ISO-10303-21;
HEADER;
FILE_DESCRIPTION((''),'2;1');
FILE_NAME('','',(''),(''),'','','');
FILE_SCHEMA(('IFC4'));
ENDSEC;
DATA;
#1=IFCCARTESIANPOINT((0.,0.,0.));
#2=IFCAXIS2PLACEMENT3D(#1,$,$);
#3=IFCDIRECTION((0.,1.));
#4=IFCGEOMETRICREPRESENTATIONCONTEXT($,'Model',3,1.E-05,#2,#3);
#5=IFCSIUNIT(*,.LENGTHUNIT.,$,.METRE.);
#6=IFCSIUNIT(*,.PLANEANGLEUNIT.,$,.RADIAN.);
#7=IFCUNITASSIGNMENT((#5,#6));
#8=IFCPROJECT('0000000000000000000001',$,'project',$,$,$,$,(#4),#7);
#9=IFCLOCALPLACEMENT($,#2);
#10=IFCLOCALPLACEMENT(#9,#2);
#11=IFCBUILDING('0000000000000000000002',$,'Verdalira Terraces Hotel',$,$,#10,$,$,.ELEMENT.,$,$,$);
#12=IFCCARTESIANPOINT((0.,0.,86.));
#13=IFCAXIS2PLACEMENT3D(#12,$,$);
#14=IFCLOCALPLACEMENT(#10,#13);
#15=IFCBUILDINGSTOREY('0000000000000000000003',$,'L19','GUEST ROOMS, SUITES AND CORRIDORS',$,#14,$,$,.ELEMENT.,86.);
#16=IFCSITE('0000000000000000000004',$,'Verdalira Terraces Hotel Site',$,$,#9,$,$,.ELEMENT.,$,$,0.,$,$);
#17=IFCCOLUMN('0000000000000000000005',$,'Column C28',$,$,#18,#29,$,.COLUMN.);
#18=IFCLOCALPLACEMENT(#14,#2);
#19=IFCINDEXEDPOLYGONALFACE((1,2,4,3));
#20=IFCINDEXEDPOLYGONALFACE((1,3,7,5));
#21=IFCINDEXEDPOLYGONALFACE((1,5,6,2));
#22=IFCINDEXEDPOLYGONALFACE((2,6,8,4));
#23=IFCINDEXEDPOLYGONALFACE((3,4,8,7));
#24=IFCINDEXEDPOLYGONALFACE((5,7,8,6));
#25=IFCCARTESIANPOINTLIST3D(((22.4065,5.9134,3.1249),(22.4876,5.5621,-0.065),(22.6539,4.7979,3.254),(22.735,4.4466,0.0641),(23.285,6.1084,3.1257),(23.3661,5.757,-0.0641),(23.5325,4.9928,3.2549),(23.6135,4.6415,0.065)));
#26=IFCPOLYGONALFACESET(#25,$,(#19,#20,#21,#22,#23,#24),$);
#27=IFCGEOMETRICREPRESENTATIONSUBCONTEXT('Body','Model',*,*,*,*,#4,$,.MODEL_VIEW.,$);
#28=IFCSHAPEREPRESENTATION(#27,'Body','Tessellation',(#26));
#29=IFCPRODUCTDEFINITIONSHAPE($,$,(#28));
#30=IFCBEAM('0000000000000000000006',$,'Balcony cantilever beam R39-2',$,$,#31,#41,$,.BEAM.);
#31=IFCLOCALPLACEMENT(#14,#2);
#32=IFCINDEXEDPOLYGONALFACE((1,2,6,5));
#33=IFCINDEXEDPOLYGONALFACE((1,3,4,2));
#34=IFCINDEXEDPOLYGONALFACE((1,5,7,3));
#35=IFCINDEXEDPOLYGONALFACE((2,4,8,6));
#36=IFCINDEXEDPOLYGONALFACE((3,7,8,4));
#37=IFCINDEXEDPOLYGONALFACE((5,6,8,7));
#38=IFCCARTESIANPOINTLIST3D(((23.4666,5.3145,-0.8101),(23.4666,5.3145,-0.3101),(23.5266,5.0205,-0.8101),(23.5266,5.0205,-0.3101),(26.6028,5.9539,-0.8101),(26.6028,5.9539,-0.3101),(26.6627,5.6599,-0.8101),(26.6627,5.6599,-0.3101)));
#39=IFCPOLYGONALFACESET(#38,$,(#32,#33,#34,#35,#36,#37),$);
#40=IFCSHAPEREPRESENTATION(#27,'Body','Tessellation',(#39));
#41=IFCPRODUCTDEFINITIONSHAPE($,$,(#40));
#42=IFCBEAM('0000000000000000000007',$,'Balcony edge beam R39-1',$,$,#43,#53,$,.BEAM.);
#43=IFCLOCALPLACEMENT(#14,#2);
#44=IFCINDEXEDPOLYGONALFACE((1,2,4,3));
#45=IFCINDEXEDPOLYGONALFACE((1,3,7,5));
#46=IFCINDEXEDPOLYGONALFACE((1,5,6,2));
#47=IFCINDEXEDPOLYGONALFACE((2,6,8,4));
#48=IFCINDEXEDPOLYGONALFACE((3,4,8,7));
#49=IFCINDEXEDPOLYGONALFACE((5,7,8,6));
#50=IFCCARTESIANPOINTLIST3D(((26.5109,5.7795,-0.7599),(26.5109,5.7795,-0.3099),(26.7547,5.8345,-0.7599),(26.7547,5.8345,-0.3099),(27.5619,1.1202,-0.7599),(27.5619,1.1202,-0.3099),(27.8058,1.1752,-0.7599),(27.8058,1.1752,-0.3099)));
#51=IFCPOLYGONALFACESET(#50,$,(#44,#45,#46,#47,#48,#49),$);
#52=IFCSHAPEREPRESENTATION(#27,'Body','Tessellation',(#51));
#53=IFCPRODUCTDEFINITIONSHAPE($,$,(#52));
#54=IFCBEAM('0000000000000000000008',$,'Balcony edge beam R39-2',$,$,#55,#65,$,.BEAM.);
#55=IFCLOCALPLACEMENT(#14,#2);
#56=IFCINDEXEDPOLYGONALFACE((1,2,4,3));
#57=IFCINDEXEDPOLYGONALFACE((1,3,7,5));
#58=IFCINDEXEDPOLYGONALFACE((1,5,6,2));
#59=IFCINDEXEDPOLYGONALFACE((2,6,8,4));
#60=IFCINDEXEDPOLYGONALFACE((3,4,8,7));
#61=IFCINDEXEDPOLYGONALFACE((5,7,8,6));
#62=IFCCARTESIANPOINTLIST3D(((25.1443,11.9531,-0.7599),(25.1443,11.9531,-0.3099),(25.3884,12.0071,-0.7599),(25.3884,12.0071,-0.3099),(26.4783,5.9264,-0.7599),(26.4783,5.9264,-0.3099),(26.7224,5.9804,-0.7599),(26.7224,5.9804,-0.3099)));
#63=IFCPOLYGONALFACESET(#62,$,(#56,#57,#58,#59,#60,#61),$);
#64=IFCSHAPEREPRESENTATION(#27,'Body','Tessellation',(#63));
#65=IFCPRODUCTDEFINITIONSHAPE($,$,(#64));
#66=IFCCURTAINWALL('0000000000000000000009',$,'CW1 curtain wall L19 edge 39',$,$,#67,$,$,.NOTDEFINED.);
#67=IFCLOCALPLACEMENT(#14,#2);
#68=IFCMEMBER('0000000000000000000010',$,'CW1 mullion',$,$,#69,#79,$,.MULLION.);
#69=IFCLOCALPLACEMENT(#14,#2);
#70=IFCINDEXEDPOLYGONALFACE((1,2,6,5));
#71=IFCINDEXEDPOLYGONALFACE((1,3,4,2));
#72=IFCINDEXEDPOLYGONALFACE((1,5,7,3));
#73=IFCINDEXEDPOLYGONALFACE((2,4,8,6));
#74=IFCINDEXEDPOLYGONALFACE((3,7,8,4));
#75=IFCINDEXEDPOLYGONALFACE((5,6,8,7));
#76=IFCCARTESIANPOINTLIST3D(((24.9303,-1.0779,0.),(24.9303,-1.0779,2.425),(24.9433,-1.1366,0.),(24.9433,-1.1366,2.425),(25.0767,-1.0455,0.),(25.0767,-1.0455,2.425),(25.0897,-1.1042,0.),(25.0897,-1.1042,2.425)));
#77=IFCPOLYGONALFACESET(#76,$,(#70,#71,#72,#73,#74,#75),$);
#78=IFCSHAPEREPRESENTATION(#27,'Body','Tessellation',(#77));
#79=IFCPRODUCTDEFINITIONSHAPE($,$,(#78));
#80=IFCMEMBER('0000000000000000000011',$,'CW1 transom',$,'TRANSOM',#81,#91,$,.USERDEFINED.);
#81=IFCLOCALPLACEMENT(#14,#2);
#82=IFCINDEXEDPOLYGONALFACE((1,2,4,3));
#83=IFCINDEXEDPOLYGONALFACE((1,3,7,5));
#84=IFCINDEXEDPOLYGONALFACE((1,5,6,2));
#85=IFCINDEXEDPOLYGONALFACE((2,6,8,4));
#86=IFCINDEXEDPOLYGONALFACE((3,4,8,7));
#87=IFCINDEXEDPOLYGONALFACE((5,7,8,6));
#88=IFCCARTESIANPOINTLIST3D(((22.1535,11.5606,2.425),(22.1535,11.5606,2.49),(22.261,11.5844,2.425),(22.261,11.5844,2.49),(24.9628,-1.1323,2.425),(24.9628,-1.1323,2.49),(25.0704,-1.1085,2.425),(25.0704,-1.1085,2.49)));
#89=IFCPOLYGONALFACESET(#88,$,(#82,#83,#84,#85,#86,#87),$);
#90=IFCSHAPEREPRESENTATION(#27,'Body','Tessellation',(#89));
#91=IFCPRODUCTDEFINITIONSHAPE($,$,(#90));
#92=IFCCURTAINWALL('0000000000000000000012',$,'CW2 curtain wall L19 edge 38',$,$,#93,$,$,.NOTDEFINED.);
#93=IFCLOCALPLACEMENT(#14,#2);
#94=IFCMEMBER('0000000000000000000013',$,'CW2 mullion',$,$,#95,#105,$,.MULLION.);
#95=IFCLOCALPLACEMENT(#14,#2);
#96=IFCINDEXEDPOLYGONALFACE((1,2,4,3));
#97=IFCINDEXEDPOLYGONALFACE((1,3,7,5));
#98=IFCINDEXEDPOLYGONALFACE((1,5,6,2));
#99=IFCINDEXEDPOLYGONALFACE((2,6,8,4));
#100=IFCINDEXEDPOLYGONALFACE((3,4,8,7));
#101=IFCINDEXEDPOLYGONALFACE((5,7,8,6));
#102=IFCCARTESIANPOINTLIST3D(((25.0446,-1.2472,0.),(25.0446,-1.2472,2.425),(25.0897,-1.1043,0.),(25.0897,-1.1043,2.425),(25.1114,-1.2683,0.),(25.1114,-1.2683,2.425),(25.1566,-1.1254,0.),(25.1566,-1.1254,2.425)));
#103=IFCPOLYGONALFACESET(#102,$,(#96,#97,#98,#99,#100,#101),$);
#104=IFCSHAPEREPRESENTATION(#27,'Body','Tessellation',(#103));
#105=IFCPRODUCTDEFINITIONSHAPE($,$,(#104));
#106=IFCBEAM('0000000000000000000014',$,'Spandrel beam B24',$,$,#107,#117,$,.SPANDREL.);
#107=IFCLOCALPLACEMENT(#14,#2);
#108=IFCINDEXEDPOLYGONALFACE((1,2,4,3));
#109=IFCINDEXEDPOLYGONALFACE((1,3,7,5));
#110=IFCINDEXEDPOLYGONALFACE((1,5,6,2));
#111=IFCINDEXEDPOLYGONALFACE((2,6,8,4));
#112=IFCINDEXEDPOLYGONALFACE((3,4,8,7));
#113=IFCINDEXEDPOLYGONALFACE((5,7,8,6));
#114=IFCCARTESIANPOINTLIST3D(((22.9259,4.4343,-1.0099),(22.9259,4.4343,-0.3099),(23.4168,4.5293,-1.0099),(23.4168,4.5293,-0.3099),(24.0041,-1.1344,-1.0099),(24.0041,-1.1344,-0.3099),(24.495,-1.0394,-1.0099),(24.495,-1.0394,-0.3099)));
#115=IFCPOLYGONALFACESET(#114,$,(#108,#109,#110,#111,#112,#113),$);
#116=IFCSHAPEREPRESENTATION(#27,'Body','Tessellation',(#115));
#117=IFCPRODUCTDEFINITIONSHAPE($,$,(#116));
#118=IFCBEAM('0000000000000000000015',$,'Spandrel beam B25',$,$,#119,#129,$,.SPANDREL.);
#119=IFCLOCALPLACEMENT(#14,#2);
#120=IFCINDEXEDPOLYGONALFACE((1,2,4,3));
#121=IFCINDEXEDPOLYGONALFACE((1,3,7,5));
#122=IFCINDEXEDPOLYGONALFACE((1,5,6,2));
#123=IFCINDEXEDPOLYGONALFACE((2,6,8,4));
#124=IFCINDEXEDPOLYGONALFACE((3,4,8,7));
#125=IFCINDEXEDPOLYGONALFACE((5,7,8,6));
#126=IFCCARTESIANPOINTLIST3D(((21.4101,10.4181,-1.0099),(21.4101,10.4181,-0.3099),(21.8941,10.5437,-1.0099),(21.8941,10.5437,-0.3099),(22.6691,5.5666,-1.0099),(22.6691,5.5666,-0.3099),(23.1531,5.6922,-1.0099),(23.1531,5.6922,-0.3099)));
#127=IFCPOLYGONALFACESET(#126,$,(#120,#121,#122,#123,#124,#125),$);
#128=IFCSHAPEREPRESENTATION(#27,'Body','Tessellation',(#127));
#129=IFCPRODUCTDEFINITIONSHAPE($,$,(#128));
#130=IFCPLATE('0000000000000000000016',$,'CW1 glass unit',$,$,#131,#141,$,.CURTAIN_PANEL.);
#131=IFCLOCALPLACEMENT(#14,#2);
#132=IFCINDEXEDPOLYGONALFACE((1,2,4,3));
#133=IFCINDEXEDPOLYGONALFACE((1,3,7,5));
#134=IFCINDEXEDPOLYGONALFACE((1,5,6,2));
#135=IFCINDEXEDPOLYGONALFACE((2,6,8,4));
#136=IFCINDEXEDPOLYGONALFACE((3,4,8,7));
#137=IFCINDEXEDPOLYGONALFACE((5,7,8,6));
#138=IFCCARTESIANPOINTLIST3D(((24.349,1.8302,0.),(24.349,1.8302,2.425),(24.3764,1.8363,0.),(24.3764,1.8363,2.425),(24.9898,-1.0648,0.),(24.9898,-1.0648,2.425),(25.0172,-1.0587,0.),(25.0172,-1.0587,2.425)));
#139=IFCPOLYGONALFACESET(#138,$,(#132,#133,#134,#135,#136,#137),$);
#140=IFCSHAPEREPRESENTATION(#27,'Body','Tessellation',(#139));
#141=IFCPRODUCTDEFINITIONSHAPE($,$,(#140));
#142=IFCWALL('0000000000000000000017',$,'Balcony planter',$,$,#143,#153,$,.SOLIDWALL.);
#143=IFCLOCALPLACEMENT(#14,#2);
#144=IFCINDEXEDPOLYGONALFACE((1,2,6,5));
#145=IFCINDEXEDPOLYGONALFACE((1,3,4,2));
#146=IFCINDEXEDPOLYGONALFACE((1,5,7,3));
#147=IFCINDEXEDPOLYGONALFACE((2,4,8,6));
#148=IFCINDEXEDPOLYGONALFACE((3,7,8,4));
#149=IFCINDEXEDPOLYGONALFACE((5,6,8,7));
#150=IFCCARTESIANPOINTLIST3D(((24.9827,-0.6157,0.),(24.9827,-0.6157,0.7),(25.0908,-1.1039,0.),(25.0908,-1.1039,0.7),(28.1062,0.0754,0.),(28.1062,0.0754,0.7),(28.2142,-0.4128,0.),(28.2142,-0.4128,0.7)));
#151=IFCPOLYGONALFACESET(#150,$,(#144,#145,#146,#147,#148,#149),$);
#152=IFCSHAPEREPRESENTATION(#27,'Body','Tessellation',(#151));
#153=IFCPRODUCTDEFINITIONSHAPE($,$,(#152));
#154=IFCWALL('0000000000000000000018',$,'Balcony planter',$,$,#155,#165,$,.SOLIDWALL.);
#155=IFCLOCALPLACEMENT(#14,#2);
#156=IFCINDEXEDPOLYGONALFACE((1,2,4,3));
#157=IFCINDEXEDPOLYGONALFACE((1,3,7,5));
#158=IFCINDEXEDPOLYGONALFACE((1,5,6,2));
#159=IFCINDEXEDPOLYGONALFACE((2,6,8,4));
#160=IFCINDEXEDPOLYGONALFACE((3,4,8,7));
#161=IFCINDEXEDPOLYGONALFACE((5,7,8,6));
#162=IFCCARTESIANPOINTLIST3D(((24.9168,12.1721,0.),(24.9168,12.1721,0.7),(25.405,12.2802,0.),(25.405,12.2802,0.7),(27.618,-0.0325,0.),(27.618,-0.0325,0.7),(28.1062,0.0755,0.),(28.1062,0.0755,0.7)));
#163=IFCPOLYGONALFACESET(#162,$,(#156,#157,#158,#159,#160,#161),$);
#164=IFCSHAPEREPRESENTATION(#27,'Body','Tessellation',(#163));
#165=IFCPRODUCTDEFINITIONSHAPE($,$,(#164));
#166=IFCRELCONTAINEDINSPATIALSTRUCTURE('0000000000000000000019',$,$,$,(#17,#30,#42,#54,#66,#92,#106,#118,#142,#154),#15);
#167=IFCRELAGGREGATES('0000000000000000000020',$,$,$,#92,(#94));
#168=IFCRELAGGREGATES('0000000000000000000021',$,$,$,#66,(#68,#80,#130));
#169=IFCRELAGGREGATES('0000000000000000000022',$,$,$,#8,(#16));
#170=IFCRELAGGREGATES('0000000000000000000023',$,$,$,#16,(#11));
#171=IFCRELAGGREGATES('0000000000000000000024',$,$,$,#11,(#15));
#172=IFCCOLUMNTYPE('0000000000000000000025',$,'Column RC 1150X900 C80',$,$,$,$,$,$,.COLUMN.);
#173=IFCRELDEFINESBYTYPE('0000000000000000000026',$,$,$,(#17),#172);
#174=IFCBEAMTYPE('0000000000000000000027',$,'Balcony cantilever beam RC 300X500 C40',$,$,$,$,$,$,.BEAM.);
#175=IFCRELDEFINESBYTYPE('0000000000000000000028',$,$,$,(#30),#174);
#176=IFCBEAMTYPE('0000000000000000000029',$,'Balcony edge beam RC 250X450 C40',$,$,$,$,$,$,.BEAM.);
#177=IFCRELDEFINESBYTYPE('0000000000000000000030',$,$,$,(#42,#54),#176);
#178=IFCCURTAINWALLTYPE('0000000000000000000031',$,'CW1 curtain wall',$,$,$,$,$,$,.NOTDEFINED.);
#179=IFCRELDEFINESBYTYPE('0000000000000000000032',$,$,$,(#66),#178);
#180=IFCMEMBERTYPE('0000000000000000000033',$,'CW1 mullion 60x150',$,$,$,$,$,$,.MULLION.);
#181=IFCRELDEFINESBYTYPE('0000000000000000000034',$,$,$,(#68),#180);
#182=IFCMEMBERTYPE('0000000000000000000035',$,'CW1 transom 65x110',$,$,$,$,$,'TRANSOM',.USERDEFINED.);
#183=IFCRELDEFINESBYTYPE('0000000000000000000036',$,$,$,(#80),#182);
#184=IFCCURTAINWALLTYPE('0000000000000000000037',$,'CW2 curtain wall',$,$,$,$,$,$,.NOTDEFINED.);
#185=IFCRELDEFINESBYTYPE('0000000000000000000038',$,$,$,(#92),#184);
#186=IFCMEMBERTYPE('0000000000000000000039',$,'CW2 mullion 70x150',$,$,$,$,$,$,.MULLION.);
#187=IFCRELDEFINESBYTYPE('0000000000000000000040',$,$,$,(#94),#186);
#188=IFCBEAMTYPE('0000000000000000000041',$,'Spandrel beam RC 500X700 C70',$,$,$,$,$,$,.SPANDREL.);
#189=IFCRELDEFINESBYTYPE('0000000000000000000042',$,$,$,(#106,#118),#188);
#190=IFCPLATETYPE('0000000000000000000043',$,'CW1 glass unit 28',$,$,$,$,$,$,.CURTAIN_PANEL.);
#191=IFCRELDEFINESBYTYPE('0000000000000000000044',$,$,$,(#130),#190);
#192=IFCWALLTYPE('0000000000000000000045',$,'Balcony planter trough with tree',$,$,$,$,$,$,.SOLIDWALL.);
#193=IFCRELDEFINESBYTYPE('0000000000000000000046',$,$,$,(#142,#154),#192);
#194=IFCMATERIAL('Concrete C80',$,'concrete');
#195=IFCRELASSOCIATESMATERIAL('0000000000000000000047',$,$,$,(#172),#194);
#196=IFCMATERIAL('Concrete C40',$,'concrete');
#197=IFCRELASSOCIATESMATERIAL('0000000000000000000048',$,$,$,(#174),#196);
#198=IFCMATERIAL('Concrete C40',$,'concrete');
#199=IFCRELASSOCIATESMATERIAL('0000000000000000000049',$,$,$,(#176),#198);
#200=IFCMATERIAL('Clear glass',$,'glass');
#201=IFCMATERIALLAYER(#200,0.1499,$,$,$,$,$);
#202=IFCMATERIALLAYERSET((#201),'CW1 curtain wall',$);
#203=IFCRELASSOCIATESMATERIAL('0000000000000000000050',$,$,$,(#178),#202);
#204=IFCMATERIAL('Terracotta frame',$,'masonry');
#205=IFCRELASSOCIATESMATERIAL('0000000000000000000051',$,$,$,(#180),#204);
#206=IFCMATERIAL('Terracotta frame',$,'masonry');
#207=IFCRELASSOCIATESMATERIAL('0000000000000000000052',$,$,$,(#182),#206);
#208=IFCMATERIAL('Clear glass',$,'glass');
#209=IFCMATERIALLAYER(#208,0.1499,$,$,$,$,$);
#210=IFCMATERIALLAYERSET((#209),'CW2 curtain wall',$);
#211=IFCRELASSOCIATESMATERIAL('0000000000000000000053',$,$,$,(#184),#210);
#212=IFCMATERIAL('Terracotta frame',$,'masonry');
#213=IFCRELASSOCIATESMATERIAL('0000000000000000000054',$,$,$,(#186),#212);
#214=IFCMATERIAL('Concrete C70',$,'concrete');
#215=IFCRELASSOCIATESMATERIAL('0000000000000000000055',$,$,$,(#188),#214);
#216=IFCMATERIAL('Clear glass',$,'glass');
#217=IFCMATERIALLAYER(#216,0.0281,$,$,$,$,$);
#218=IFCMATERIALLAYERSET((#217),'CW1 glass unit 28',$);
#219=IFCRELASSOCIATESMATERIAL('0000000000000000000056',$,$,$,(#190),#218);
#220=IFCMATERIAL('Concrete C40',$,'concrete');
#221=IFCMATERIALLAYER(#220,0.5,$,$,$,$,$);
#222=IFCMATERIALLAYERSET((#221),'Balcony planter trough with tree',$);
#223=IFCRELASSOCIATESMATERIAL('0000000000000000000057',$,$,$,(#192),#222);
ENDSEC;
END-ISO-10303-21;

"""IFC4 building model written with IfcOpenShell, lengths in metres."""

from ifc_helpers import new_model, si_unit, direction, frame, frame_2d, origin, origin_2d, place, context, subcontext, project, spatial, rectangle, extrude, material, layer, layer_set, material_profile, profile_set, type_object, element, aggregate, save


model = new_model("IFC4")

# Units and contexts
model_context = context("Model", 3, precision=1e-05, world=origin(), true_north=direction((0.0, 1.0)))
body_context = subcontext(model_context, "Body", "Model", "MODEL_VIEW")
ifc_project = project(units=[si_unit("LENGTHUNIT", "METRE"), si_unit("PLANEANGLEUNIT", "RADIAN")], contexts=[model_context])

# Site, building, storey
site_placement = place(None, origin())
site = spatial("IfcSite", under=ifc_project, at=site_placement, Name="Verdalira Terraces Hotel Site", CompositionType="ELEMENT", RefElevation=0.0)
building_placement = place(site_placement, origin())
building = spatial("IfcBuilding", under=site, at=building_placement, Name="Verdalira Terraces Hotel", CompositionType="ELEMENT")
storey_placement = place(building_placement, frame((0.0, 0.0, 86.0)))
storey = spatial("IfcBuildingStorey", under=building, at=storey_placement, Name="L19", Description="GUEST ROOMS, SUITES AND CORRIDORS", CompositionType="ELEMENT", Elevation=86.0)

# Column
ifc_material_1 = material(Name="Concrete C80", Category="concrete")
ifc_material_profile_1 = material_profile(ifc_material_1, rectangle(XDim=1.1499, YDim=0.8999, at=origin_2d()), Name="RC 1150X900")
ifc_profile_set_1 = profile_set([ifc_material_profile_1], Name="Concrete C80")
column_type = type_object("IfcColumnType", Name="Column RC 1150X900 C80", PredefinedType="COLUMN", material=ifc_profile_set_1)
column_placement = place(storey_placement, frame((23.0505, 5.1018, 0.0), z_axis=(-0.025249, 0.109436, 0.993673), x_axis=(-0.215164, 0.970099, -0.112307)))
element("IfcColumn", 1, at=column_placement, inside=storey, type_object=column_type, Name="Column C28", PredefinedType="COLUMN", context=body_context, shape_type="SweptSolid", body=[
    extrude(rectangle(XDim=1.1499, YDim=0.8999, at=origin_2d()), origin(), (0.0, 0.0, 1.0), 3.2102),
])

# Beams
ifc_material_2 = material(Name="Concrete C40", Category="concrete")
ifc_material_profile_2 = material_profile(ifc_material_2, rectangle(XDim=0.3, YDim=0.5, at=origin_2d()), Name="RC 300X500")
ifc_profile_set_2 = profile_set([ifc_material_profile_2], Name="Concrete C40")
beam_type_1 = type_object("IfcBeamType", Name="Balcony cantilever beam RC 300X500 C40", PredefinedType="BEAM", material=ifc_profile_set_2)
beam_1_placement = place(storey_placement, frame((23.4966, 5.1675, -0.5601), z_axis=(0.979843, 0.199767, 0.0), x_axis=(-0.199767, 0.979843, 0.0)))
element("IfcBeam", 2, at=beam_1_placement, inside=storey, type_object=beam_type_1, Name="Balcony cantilever beam R39-2", PredefinedType="BEAM", context=body_context, shape_type="SweptSolid", body=[
    extrude(rectangle(XDim=0.3, YDim=0.5, at=origin_2d()), origin(), (0.0, 0.0, 1.0), 3.2007),
])
ifc_material_3 = material(Name="Concrete C40", Category="concrete")
ifc_material_profile_3 = material_profile(ifc_material_3, rectangle(XDim=0.25, YDim=0.45, at=origin_2d()), Name="RC 250X450")
ifc_profile_set_3 = profile_set([ifc_material_profile_3], Name="Concrete C40")
beam_type_2 = type_object("IfcBeamType", Name="Balcony edge beam RC 250X450 C40", PredefinedType="BEAM", material=ifc_profile_set_3)
beam_2_placement = place(storey_placement, frame((27.6838, 1.1477, -0.5349), z_axis=(-0.220052, 0.975488, 0.0), x_axis=(-0.975488, -0.220052, 0.0)))
element("IfcBeam", 3, at=beam_2_placement, inside=storey, type_object=beam_type_2, Name="Balcony edge beam R39-1", PredefinedType="BEAM", context=body_context, shape_type="SweptSolid", body=[
    extrude(rectangle(XDim=0.25, YDim=0.45, at=origin_2d()), origin(), (0.0, 0.0, 1.0), 4.7764),
])
beam_3_placement = place(storey_placement, frame((26.6003, 5.9534, -0.5349), z_axis=(-0.21611, 0.976369, 0.0), x_axis=(-0.976369, -0.21611, 0.0)))
element("IfcBeam", 4, at=beam_3_placement, inside=storey, type_object=beam_type_2, Name="Balcony edge beam R39-2", PredefinedType="BEAM", context=body_context, shape_type="SweptSolid", body=[
    extrude(rectangle(XDim=0.25, YDim=0.45, at=origin_2d()), origin(), (0.0, 0.0, 1.0), 6.1726),
])

# Curtain wall, members
ifc_material_4 = material(Name="Clear glass", Category="glass")
ifc_layer_1 = layer(ifc_material_4, 0.1499)
ifc_layer_set_1 = layer_set([ifc_layer_1], Name="CW1 curtain wall")
curtain_wall_type_1 = type_object("IfcCurtainWallType", Name="CW1 curtain wall", PredefinedType="NOTDEFINED", material=ifc_layer_set_1)
curtain_wall_1_placement = place(storey_placement, origin())
curtain_wall_1 = element("IfcCurtainWall", 5, at=curtain_wall_1_placement, inside=storey, type_object=curtain_wall_type_1, Name="CW1 curtain wall L19 edge 39", PredefinedType="NOTDEFINED")
ifc_material_5 = material(Name="Terracotta frame", Category="masonry")
ifc_material_profile_4 = material_profile(ifc_material_5, rectangle(XDim=0.0601, YDim=0.1499, at=origin_2d()), Name="MU 60x150")
ifc_profile_set_4 = profile_set([ifc_material_profile_4], Name="Terracotta frame")
member_type_1 = type_object("IfcMemberType", Name="CW1 mullion 60x150", PredefinedType="MULLION", material=ifc_profile_set_4)
member_1_placement = place(storey_placement, frame((25.01, -1.0911, 0.0), z_axis=(0.0, 0.0, 1.0), x_axis=(-0.216099, 0.976371, 0.0)))
member_1 = element("IfcMember", 6, at=member_1_placement, type_object=member_type_1, Name="CW1 mullion", PredefinedType="MULLION", context=body_context, shape_type="SweptSolid", body=[
    extrude(rectangle(XDim=0.0601, YDim=0.1499, at=origin_2d()), origin(), (0.0, 0.0, 1.0), 2.425),
])
ifc_material_6 = material(Name="Terracotta frame", Category="masonry")
ifc_material_profile_5 = material_profile(ifc_material_6, rectangle(XDim=0.1101, YDim=0.0649, at=origin_2d()), Name="TR 65x110")
ifc_profile_set_5 = profile_set([ifc_material_profile_5], Name="Terracotta frame")
member_type_2 = type_object("IfcMemberType", Name="CW1 transom 65x110", ElementType="TRANSOM", PredefinedType="USERDEFINED", material=ifc_profile_set_5)
member_2_placement = place(storey_placement, frame((25.0166, -1.1204, 2.4575), z_axis=(-0.216101, 0.976371, 0.0), x_axis=(-0.976371, -0.216101, 0.0)))
member_2 = element("IfcMember", 7, at=member_2_placement, type_object=member_type_2, Name="CW1 transom", ObjectType="TRANSOM", PredefinedType="USERDEFINED", context=body_context, shape_type="SweptSolid", body=[
    extrude(rectangle(XDim=0.1101, YDim=0.0649, at=origin_2d()), origin(), (0.0, 0.0, 1.0), 13.0),
])

# Curtain wall, member
ifc_material_7 = material(Name="Clear glass", Category="glass")
ifc_layer_2 = layer(ifc_material_7, 0.1499)
ifc_layer_set_2 = layer_set([ifc_layer_2], Name="CW2 curtain wall")
curtain_wall_type_2 = type_object("IfcCurtainWallType", Name="CW2 curtain wall", PredefinedType="NOTDEFINED", material=ifc_layer_set_2)
curtain_wall_2_placement = place(storey_placement, origin())
curtain_wall_2 = element("IfcCurtainWall", 8, at=curtain_wall_2_placement, inside=storey, type_object=curtain_wall_type_2, Name="CW2 curtain wall L19 edge 38", PredefinedType="NOTDEFINED")
ifc_material_8 = material(Name="Terracotta frame", Category="masonry")
ifc_material_profile_6 = material_profile(ifc_material_8, rectangle(XDim=0.0701, YDim=0.1499, at=origin_2d()), Name="MU 70x150")
ifc_profile_set_6 = profile_set([ifc_material_profile_6], Name="Terracotta frame")
member_type_3 = type_object("IfcMemberType", Name="CW2 mullion 70x150", PredefinedType="MULLION", material=ifc_profile_set_6)
member_3_placement = place(storey_placement, frame((25.1006, -1.1863, 0.0), z_axis=(0.0, 0.0, 1.0), x_axis=(-0.953612, 0.301039, 0.0)))
member_3 = element("IfcMember", 9, at=member_3_placement, type_object=member_type_3, Name="CW2 mullion", PredefinedType="MULLION", context=body_context, shape_type="SweptSolid", body=[
    extrude(rectangle(XDim=0.0701, YDim=0.1499, at=origin_2d()), origin(), (0.0, 0.0, 1.0), 2.425),
])
aggregate(curtain_wall_2, [member_3])

# Beams
ifc_material_9 = material(Name="Concrete C70", Category="concrete")
ifc_material_profile_7 = material_profile(ifc_material_9, rectangle(XDim=0.5, YDim=0.7, at=origin_2d()), Name="RC 500X700")
ifc_profile_set_7 = profile_set([ifc_material_profile_7], Name="Concrete C70")
beam_type_3 = type_object("IfcBeamType", Name="Spandrel beam RC 500X700 C70", PredefinedType="SPANDREL", material=ifc_profile_set_7)
beam_4_placement = place(storey_placement, frame((24.2495, -1.0869, -0.6599), z_axis=(-0.190078, 0.981769, 0.0), x_axis=(-0.981769, -0.190078, 0.0)))
element("IfcBeam", 10, at=beam_4_placement, inside=storey, type_object=beam_type_3, Name="Spandrel beam B24", PredefinedType="SPANDREL", context=body_context, shape_type="SweptSolid", body=[
    extrude(rectangle(XDim=0.5, YDim=0.7, at=origin_2d()), origin(), (0.0, 0.0, 1.0), 5.6721),
])
beam_5_placement = place(storey_placement, frame((22.9111, 5.6294, -0.6599), z_axis=(-0.25119, 0.967938, 0.0), x_axis=(-0.967938, -0.25119, 0.0)))
element("IfcBeam", 11, at=beam_5_placement, inside=storey, type_object=beam_type_3, Name="Spandrel beam B25", PredefinedType="SPANDREL", context=body_context, shape_type="SweptSolid", body=[
    extrude(rectangle(XDim=0.5, YDim=0.7, at=origin_2d()), origin(), (0.0, 0.0, 1.0), 5.0122),
])

# Plate
ifc_material_10 = material(Name="Clear glass", Category="glass")
ifc_layer_3 = layer(ifc_material_10, 0.0281)
ifc_layer_set_3 = layer_set([ifc_layer_3], Name="CW1 glass unit 28")
plate_type = type_object("IfcPlateType", Name="CW1 glass unit 28", PredefinedType="CURTAIN_PANEL", material=ifc_layer_set_3)
plate_placement = place(storey_placement, frame((24.6831, 0.3857, 0.0), z_axis=(0.0, 0.0, 1.0), x_axis=(-0.216099, 0.976371, 0.0)))
plate = element("IfcPlate", 12, at=plate_placement, type_object=plate_type, Name="CW1 glass unit", PredefinedType="CURTAIN_PANEL", context=body_context, shape_type="SweptSolid", body=[
    extrude(rectangle(XDim=2.9651, YDim=0.0281, at=origin_2d()), origin(), (0.0, 0.0, 1.0), 2.425),
])
aggregate(curtain_wall_1, [member_1, member_2, plate])

# Walls
ifc_material_11 = material(Name="Concrete C40", Category="concrete")
ifc_layer_4 = layer(ifc_material_11, 0.5)
ifc_layer_set_4 = layer_set([ifc_layer_4], Name="Balcony planter trough with tree")
wall_type_1 = type_object("IfcWallType", Name="Balcony planter trough with tree", PredefinedType="SOLIDWALL", material=ifc_layer_set_4)
wall_1_placement = place(storey_placement, frame((25.0366, -0.8599, 0.0), z_axis=(0.0, 0.0, 1.0), x_axis=(0.976382, 0.21605, 0.0)))
element("IfcWall", 13, at=wall_1_placement, inside=storey, type_object=wall_type_1, Name="Balcony planter", PredefinedType="SOLIDWALL", context=body_context, shape_type="SweptSolid", body=[
    extrude(rectangle(XDim=3.199, YDim=0.5, at=frame_2d((1.5996, 0.0))), origin(), (0.0, 0.0, 1.0), 0.7),
])
wall_2_placement = place(storey_placement, frame((27.8621, 0.0215, 0.0), z_axis=(0.0, 0.0, 1.0), x_axis=(-0.216095, 0.976372, 0.0)))
element("IfcWall", 14, at=wall_2_placement, inside=storey, type_object=wall_type_1, Name="Balcony planter", PredefinedType="SOLIDWALL", context=body_context, shape_type="SweptSolid", body=[
    extrude(rectangle(XDim=12.5, YDim=0.5, at=frame_2d((6.25, 0.0))), origin(), (0.0, 0.0, 1.0), 0.7),
])

save(model, "model.ifc")
